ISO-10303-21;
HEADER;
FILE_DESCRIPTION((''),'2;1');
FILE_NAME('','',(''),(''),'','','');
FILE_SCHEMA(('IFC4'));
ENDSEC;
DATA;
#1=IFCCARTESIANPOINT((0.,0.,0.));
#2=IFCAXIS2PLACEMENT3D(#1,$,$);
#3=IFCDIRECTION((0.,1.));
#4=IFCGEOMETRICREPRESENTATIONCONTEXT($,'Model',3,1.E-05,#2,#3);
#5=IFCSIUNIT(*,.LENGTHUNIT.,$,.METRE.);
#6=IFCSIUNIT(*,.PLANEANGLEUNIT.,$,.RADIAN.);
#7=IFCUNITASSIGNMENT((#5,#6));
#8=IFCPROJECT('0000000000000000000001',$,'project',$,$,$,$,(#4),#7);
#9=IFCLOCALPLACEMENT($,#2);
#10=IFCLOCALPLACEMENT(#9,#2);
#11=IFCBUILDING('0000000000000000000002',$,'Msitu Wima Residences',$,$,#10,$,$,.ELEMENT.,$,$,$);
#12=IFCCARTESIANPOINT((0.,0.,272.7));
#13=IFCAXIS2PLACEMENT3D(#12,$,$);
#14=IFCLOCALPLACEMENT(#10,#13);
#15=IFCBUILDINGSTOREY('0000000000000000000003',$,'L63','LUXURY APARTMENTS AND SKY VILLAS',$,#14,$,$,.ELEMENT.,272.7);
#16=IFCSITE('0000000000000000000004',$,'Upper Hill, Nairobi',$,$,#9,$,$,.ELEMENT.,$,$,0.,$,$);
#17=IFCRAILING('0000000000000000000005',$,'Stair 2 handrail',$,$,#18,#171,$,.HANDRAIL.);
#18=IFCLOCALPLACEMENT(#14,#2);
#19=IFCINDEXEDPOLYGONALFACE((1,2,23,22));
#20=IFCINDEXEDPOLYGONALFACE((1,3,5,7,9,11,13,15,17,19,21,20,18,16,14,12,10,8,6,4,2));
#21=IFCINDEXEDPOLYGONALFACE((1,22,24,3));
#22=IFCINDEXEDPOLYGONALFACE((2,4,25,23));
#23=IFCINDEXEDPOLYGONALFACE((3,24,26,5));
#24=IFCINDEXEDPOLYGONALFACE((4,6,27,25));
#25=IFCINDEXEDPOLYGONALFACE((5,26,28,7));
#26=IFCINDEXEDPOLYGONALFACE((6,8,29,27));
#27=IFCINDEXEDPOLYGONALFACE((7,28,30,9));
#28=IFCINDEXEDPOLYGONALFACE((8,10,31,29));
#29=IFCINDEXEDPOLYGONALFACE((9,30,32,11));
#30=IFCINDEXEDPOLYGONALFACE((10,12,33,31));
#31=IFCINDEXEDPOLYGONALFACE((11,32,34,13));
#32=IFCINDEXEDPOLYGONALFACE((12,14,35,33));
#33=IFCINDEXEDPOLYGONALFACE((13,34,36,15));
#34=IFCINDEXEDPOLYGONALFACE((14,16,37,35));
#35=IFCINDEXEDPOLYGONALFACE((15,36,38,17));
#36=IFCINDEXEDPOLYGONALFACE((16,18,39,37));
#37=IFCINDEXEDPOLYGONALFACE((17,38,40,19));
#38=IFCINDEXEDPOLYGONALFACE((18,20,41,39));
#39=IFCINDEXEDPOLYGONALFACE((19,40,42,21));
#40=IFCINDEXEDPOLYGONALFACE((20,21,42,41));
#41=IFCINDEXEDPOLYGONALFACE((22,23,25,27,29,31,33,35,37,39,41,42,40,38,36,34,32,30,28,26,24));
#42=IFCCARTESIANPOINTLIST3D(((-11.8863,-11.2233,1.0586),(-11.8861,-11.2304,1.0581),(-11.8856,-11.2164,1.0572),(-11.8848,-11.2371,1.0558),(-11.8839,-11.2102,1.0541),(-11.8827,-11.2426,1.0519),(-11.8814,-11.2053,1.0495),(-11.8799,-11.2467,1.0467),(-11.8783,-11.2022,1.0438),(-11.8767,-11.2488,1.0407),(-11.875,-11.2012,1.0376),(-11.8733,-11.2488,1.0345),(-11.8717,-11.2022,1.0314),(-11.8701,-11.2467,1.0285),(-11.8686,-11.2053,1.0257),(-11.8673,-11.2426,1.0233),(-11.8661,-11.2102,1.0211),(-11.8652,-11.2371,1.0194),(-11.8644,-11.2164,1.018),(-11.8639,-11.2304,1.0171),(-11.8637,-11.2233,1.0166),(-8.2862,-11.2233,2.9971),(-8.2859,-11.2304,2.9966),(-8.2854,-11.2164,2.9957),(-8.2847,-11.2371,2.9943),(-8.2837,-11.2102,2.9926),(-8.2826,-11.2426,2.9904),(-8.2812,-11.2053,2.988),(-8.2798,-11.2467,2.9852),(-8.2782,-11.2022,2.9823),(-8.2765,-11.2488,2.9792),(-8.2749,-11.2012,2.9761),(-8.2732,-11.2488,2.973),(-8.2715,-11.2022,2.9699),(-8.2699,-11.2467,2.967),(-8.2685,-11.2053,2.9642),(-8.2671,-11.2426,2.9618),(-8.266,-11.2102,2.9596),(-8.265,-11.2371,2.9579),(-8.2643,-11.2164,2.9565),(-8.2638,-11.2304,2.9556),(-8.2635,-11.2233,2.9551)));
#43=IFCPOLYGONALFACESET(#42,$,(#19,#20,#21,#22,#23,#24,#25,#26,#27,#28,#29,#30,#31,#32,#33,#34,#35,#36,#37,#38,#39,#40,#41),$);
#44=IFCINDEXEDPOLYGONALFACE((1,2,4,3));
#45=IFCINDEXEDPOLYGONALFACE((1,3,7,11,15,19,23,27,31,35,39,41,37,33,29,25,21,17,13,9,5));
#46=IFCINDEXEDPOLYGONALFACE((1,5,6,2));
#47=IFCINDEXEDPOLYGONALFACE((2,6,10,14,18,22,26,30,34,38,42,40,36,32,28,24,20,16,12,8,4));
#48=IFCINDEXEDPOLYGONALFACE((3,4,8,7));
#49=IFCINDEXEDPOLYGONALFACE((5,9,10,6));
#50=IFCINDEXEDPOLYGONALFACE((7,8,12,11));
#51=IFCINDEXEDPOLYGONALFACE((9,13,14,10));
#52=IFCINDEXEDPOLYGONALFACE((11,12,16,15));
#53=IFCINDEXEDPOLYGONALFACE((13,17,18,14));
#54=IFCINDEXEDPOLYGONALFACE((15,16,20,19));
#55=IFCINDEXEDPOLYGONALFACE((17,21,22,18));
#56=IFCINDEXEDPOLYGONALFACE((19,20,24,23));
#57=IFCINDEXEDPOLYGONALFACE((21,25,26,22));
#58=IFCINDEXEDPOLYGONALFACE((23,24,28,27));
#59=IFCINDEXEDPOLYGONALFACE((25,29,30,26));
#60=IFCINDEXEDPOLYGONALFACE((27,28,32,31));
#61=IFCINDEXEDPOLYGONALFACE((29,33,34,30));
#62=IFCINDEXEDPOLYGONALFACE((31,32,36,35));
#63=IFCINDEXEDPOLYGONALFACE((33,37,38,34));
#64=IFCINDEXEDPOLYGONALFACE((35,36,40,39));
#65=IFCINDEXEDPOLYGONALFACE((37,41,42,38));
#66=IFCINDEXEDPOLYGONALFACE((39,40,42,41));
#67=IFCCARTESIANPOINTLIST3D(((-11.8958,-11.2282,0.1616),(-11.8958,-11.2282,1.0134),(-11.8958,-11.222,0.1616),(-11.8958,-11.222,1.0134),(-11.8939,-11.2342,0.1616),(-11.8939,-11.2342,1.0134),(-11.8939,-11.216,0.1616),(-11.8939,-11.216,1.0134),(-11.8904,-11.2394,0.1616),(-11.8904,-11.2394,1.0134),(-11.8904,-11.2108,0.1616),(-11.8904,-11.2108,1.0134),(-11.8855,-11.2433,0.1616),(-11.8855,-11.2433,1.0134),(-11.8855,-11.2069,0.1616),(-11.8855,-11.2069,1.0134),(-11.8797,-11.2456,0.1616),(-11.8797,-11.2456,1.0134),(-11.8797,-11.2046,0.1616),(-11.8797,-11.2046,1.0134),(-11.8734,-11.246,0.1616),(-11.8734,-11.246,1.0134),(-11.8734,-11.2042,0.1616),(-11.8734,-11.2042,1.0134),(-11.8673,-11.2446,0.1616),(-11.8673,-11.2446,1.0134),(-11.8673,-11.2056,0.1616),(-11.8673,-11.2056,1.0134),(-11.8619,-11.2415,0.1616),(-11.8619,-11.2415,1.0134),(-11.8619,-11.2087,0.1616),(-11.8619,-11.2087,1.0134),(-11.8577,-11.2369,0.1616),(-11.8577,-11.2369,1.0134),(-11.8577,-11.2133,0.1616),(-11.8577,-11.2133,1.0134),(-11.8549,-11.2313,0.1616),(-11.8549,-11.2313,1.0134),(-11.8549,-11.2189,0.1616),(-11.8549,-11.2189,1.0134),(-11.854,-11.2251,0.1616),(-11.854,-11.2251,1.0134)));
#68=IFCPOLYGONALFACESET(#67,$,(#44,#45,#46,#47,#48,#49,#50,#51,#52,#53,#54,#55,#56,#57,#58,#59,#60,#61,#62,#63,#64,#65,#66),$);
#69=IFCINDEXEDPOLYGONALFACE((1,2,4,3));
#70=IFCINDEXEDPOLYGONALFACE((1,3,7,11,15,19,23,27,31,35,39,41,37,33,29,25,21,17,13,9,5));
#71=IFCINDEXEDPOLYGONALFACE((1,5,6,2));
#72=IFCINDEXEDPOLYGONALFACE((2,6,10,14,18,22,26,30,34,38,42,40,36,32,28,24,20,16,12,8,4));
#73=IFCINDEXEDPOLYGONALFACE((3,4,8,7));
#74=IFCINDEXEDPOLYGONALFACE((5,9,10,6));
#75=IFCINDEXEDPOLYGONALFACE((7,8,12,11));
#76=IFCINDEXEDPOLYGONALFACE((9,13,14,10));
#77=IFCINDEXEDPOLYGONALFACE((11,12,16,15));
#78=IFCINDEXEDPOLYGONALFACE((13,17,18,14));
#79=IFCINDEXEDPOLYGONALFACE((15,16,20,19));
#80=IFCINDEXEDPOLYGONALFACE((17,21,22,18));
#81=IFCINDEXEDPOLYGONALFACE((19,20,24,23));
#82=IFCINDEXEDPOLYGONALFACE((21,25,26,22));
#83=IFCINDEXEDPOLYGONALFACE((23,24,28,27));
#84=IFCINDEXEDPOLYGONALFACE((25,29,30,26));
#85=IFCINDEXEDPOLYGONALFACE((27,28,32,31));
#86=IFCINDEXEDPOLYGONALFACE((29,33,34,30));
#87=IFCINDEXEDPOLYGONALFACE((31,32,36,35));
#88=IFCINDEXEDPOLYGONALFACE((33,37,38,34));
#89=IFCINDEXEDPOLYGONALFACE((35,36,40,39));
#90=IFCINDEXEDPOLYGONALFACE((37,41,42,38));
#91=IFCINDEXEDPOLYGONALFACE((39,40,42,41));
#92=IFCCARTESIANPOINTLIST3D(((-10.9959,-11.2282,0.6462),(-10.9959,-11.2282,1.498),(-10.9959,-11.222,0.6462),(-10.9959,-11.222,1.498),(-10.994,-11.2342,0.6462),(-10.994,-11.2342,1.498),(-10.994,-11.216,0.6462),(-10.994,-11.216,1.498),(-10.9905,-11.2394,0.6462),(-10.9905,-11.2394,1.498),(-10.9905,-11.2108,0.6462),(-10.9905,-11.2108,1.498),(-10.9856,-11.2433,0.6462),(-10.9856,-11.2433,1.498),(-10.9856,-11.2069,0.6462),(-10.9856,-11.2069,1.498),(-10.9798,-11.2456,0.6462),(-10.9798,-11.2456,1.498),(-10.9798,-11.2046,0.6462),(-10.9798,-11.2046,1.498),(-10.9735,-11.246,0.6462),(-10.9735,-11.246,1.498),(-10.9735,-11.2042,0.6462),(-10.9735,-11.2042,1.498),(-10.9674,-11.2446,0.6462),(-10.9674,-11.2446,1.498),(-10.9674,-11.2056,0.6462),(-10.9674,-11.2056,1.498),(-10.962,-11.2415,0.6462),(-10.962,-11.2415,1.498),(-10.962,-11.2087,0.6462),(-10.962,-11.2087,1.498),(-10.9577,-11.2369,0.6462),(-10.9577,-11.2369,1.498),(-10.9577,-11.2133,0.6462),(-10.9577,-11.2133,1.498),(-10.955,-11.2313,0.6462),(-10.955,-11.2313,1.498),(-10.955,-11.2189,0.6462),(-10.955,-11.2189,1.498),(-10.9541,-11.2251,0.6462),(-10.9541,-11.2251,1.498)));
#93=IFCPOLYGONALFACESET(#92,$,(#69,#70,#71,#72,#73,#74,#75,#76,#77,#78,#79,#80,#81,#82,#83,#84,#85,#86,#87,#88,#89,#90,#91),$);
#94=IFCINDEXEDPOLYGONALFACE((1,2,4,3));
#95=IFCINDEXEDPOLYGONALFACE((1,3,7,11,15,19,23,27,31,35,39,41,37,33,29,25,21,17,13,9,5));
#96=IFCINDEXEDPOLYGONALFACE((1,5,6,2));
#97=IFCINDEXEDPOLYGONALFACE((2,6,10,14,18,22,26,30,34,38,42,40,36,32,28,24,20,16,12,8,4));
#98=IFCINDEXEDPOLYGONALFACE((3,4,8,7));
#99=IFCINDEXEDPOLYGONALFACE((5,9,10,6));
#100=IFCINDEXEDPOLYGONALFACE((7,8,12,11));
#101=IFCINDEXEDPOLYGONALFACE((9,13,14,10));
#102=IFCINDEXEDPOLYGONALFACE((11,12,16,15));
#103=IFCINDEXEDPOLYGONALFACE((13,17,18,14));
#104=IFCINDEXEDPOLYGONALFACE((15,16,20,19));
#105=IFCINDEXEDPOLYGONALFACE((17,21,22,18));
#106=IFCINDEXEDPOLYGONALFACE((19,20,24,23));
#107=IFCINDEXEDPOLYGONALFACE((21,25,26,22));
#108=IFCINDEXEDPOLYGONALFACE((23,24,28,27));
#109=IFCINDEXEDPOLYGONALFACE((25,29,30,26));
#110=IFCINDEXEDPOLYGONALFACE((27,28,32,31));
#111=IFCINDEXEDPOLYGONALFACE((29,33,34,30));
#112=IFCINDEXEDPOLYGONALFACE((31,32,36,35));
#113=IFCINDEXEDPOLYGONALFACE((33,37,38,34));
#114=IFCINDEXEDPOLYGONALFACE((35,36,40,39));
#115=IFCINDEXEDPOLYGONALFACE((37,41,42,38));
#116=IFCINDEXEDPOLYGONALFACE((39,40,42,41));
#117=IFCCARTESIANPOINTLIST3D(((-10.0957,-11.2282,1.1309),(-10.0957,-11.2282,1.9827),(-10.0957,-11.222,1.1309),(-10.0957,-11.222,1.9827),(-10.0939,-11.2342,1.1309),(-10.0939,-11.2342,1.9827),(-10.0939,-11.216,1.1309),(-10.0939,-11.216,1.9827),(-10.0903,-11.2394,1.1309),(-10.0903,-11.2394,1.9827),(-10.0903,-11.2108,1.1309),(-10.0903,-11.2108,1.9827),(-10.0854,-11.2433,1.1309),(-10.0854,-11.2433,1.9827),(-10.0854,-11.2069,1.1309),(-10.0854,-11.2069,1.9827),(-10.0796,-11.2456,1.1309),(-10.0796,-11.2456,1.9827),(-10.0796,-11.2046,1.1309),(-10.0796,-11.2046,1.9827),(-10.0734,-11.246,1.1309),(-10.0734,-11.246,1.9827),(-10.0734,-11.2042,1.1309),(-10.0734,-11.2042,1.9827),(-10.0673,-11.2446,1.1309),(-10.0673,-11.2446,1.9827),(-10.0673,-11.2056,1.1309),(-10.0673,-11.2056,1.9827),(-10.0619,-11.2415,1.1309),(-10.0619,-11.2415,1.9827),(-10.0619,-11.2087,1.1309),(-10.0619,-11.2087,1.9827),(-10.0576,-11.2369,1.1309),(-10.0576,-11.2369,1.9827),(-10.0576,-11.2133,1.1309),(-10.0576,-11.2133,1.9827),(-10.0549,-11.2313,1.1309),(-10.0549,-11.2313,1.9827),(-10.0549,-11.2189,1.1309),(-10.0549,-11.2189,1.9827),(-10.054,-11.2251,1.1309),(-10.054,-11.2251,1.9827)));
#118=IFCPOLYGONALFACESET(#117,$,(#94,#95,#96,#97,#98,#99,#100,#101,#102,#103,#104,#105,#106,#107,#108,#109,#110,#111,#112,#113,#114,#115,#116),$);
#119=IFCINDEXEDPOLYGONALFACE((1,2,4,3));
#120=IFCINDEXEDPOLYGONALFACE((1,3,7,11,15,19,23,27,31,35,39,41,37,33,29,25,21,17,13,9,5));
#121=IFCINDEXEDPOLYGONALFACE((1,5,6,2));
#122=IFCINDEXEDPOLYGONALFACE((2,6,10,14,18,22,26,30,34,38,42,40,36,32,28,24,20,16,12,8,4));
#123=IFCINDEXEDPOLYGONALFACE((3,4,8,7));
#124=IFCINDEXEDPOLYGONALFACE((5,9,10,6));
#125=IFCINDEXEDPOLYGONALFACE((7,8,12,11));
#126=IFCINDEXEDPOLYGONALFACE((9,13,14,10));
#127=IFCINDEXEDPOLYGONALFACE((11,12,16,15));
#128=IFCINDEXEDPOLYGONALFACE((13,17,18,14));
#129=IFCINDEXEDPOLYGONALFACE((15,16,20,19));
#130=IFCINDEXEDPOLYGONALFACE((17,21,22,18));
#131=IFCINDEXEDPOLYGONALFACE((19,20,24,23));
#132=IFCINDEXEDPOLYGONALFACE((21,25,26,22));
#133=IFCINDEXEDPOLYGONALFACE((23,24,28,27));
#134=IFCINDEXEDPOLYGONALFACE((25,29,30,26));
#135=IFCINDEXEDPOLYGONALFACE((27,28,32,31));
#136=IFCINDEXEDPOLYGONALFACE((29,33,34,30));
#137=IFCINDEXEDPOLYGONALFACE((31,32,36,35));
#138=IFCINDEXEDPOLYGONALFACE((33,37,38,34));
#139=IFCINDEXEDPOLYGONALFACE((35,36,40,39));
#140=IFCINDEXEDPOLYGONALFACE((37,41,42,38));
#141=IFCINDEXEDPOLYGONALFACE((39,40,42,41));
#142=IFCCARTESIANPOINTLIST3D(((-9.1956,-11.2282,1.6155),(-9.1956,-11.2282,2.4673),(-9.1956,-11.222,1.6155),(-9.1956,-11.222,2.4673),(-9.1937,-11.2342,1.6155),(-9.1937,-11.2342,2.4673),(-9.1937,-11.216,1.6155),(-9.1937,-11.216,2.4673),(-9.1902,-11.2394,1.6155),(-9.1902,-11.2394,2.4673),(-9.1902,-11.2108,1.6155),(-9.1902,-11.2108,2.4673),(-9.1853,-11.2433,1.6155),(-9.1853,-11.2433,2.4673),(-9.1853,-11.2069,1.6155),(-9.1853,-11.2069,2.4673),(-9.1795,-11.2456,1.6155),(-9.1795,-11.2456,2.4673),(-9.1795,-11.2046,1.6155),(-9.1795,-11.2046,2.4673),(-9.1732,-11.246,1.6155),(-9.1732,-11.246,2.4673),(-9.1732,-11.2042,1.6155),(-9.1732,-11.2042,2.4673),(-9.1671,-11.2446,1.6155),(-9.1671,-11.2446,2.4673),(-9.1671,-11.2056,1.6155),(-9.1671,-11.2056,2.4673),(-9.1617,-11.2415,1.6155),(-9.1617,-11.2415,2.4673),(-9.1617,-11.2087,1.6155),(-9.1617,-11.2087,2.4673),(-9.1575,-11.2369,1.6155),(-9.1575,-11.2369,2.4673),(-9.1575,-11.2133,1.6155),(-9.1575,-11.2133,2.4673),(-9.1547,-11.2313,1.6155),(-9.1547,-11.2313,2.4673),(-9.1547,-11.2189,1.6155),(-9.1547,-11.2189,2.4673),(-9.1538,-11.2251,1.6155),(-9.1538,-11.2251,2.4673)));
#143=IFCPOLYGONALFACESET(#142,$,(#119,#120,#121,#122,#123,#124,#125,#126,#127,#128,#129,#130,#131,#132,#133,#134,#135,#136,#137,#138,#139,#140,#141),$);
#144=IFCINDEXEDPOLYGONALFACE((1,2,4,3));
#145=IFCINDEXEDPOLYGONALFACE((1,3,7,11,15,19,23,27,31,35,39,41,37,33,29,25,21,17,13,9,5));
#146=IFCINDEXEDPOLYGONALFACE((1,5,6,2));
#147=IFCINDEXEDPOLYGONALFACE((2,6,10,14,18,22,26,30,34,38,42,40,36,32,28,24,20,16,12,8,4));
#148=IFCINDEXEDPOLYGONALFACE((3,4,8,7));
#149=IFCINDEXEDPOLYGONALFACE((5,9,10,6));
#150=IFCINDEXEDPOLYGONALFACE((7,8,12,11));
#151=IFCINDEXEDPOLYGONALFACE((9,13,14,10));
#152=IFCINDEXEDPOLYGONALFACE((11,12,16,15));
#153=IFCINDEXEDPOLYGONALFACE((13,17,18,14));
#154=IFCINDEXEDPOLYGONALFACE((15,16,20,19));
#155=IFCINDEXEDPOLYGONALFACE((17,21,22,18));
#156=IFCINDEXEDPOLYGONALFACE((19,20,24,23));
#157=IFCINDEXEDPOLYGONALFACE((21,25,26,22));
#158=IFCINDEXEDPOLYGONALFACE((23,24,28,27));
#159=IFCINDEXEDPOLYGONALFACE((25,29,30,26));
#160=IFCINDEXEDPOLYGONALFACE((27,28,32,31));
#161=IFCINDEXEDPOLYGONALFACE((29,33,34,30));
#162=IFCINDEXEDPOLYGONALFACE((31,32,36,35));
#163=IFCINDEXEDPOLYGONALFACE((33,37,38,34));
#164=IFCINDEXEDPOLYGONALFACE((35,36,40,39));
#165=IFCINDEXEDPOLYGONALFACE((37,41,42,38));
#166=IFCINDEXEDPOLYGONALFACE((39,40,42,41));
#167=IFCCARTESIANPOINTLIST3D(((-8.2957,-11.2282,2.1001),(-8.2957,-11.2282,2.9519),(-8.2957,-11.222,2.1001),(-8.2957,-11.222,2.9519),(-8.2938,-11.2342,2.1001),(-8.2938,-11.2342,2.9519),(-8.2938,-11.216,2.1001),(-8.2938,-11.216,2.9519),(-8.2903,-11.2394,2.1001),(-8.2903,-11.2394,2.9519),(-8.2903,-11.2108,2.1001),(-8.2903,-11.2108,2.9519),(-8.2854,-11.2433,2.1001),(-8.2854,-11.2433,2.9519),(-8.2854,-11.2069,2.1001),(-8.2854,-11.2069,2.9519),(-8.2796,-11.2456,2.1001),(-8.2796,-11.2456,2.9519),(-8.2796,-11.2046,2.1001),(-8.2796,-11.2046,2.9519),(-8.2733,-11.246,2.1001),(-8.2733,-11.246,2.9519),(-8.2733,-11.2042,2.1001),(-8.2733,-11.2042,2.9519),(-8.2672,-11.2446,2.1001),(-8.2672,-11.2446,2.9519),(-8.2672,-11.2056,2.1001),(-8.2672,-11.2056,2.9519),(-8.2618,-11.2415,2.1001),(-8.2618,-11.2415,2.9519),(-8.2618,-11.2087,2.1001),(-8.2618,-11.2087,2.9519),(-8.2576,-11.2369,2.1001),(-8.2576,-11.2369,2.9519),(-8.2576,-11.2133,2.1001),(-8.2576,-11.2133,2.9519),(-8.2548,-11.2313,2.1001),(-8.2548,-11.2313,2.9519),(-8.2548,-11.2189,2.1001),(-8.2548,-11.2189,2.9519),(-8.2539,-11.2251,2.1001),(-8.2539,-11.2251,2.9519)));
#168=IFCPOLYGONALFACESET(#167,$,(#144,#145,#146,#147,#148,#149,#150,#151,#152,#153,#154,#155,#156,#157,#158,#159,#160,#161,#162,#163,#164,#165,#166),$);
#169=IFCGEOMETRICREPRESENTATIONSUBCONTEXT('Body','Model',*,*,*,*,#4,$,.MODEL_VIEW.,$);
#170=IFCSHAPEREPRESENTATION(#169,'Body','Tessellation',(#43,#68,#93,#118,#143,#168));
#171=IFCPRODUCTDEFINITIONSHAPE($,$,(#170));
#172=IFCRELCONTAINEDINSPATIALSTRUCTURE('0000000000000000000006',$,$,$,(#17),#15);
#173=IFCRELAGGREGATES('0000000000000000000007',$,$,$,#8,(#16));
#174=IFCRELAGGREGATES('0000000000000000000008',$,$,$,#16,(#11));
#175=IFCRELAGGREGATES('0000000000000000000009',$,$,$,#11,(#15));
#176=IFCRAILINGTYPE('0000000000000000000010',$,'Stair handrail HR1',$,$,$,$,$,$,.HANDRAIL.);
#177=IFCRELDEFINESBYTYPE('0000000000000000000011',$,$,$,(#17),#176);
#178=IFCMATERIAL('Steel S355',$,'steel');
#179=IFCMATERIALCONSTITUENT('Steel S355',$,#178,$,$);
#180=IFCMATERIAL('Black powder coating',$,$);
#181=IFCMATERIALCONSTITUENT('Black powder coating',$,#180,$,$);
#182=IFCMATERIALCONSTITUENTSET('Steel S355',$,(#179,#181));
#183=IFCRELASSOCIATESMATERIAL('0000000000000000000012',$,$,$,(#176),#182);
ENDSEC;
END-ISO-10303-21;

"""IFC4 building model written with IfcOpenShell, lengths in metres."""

from ifc_helpers import new_model, si_unit, direction, frame, origin, origin_2d, place, context, subcontext, project, spatial, circle, extrude, material, constituent, constituent_set, type_object, element, save


model = new_model("IFC4")

# Units and contexts
model_context = context("Model", 3, precision=1e-05, world=origin(), true_north=direction((0.0, 1.0)))
body_context = subcontext(model_context, "Body", "Model", "MODEL_VIEW")
ifc_project = project(units=[si_unit("LENGTHUNIT", "METRE"), si_unit("PLANEANGLEUNIT", "RADIAN")], contexts=[model_context])

# Site, building, storey
site_placement = place(None, origin())
site = spatial("IfcSite", under=ifc_project, at=site_placement, Name="Upper Hill, Nairobi", CompositionType="ELEMENT", RefElevation=0.0)
building_placement = place(site_placement, origin())
building = spatial("IfcBuilding", under=site, at=building_placement, Name="Msitu Wima Residences", CompositionType="ELEMENT")
storey_placement = place(building_placement, frame((0.0, 0.0, 272.7)))
storey = spatial("IfcBuildingStorey", under=building, at=storey_placement, Name="L63", Description="LUXURY APARTMENTS AND SKY VILLAS", CompositionType="ELEMENT", Elevation=272.7)

# Railing
ifc_material_1 = material(Name="Steel S355", Category="steel")
ifc_constituent_1 = constituent(ifc_material_1, Name="Steel S355")
ifc_material_2 = material(Name="Black powder coating")
ifc_constituent_2 = constituent(ifc_material_2, Name="Black powder coating")
ifc_constituent_set = constituent_set(constituents=[ifc_constituent_1, ifc_constituent_2], Name="Steel S355")
railing_type = type_object("IfcRailingType", Name="Stair handrail HR1", PredefinedType="HANDRAIL", material=ifc_constituent_set)
for number, where, name in (
    (1, (-11.875, -11.2251, 0.1616), "Stair 2 handrail"),
):
    element("IfcRailing", number, at=place(storey_placement, frame(where)), inside=storey, type_object=railing_type, Name=name, PredefinedType="HANDRAIL", context=body_context, shape_type="SweptSolid", body=[
        extrude(circle(Radius=0.0239, at=origin_2d()), frame((0.0, 0.0, 0.876), z_axis=(0.880475, 0.0, 0.474093), x_axis=(0.0, 1.0, 0.0)), (0.0, 0.0, 1.0), 4.0889),
        extrude(circle(Radius=0.021, at=origin_2d()), origin(), (0.0, 0.0, 1.0), 0.8518),
        extrude(circle(Radius=0.021, at=origin_2d()), frame((0.8999, 0.0, 0.4846)), (0.0, 0.0, 1.0), 0.8518),
        extrude(circle(Radius=0.021, at=origin_2d()), frame((1.8, 0.0, 0.9692)), (0.0, 0.0, 1.0), 0.8518),
        extrude(circle(Radius=0.021, at=origin_2d()), frame((2.7002, 0.0, 1.4539)), (0.0, 0.0, 1.0), 0.8518),
        extrude(circle(Radius=0.021, at=origin_2d()), frame((3.6001, 0.0, 1.9385)), (0.0, 0.0, 1.0), 0.8518),
    ])

save(model, "model.ifc")
